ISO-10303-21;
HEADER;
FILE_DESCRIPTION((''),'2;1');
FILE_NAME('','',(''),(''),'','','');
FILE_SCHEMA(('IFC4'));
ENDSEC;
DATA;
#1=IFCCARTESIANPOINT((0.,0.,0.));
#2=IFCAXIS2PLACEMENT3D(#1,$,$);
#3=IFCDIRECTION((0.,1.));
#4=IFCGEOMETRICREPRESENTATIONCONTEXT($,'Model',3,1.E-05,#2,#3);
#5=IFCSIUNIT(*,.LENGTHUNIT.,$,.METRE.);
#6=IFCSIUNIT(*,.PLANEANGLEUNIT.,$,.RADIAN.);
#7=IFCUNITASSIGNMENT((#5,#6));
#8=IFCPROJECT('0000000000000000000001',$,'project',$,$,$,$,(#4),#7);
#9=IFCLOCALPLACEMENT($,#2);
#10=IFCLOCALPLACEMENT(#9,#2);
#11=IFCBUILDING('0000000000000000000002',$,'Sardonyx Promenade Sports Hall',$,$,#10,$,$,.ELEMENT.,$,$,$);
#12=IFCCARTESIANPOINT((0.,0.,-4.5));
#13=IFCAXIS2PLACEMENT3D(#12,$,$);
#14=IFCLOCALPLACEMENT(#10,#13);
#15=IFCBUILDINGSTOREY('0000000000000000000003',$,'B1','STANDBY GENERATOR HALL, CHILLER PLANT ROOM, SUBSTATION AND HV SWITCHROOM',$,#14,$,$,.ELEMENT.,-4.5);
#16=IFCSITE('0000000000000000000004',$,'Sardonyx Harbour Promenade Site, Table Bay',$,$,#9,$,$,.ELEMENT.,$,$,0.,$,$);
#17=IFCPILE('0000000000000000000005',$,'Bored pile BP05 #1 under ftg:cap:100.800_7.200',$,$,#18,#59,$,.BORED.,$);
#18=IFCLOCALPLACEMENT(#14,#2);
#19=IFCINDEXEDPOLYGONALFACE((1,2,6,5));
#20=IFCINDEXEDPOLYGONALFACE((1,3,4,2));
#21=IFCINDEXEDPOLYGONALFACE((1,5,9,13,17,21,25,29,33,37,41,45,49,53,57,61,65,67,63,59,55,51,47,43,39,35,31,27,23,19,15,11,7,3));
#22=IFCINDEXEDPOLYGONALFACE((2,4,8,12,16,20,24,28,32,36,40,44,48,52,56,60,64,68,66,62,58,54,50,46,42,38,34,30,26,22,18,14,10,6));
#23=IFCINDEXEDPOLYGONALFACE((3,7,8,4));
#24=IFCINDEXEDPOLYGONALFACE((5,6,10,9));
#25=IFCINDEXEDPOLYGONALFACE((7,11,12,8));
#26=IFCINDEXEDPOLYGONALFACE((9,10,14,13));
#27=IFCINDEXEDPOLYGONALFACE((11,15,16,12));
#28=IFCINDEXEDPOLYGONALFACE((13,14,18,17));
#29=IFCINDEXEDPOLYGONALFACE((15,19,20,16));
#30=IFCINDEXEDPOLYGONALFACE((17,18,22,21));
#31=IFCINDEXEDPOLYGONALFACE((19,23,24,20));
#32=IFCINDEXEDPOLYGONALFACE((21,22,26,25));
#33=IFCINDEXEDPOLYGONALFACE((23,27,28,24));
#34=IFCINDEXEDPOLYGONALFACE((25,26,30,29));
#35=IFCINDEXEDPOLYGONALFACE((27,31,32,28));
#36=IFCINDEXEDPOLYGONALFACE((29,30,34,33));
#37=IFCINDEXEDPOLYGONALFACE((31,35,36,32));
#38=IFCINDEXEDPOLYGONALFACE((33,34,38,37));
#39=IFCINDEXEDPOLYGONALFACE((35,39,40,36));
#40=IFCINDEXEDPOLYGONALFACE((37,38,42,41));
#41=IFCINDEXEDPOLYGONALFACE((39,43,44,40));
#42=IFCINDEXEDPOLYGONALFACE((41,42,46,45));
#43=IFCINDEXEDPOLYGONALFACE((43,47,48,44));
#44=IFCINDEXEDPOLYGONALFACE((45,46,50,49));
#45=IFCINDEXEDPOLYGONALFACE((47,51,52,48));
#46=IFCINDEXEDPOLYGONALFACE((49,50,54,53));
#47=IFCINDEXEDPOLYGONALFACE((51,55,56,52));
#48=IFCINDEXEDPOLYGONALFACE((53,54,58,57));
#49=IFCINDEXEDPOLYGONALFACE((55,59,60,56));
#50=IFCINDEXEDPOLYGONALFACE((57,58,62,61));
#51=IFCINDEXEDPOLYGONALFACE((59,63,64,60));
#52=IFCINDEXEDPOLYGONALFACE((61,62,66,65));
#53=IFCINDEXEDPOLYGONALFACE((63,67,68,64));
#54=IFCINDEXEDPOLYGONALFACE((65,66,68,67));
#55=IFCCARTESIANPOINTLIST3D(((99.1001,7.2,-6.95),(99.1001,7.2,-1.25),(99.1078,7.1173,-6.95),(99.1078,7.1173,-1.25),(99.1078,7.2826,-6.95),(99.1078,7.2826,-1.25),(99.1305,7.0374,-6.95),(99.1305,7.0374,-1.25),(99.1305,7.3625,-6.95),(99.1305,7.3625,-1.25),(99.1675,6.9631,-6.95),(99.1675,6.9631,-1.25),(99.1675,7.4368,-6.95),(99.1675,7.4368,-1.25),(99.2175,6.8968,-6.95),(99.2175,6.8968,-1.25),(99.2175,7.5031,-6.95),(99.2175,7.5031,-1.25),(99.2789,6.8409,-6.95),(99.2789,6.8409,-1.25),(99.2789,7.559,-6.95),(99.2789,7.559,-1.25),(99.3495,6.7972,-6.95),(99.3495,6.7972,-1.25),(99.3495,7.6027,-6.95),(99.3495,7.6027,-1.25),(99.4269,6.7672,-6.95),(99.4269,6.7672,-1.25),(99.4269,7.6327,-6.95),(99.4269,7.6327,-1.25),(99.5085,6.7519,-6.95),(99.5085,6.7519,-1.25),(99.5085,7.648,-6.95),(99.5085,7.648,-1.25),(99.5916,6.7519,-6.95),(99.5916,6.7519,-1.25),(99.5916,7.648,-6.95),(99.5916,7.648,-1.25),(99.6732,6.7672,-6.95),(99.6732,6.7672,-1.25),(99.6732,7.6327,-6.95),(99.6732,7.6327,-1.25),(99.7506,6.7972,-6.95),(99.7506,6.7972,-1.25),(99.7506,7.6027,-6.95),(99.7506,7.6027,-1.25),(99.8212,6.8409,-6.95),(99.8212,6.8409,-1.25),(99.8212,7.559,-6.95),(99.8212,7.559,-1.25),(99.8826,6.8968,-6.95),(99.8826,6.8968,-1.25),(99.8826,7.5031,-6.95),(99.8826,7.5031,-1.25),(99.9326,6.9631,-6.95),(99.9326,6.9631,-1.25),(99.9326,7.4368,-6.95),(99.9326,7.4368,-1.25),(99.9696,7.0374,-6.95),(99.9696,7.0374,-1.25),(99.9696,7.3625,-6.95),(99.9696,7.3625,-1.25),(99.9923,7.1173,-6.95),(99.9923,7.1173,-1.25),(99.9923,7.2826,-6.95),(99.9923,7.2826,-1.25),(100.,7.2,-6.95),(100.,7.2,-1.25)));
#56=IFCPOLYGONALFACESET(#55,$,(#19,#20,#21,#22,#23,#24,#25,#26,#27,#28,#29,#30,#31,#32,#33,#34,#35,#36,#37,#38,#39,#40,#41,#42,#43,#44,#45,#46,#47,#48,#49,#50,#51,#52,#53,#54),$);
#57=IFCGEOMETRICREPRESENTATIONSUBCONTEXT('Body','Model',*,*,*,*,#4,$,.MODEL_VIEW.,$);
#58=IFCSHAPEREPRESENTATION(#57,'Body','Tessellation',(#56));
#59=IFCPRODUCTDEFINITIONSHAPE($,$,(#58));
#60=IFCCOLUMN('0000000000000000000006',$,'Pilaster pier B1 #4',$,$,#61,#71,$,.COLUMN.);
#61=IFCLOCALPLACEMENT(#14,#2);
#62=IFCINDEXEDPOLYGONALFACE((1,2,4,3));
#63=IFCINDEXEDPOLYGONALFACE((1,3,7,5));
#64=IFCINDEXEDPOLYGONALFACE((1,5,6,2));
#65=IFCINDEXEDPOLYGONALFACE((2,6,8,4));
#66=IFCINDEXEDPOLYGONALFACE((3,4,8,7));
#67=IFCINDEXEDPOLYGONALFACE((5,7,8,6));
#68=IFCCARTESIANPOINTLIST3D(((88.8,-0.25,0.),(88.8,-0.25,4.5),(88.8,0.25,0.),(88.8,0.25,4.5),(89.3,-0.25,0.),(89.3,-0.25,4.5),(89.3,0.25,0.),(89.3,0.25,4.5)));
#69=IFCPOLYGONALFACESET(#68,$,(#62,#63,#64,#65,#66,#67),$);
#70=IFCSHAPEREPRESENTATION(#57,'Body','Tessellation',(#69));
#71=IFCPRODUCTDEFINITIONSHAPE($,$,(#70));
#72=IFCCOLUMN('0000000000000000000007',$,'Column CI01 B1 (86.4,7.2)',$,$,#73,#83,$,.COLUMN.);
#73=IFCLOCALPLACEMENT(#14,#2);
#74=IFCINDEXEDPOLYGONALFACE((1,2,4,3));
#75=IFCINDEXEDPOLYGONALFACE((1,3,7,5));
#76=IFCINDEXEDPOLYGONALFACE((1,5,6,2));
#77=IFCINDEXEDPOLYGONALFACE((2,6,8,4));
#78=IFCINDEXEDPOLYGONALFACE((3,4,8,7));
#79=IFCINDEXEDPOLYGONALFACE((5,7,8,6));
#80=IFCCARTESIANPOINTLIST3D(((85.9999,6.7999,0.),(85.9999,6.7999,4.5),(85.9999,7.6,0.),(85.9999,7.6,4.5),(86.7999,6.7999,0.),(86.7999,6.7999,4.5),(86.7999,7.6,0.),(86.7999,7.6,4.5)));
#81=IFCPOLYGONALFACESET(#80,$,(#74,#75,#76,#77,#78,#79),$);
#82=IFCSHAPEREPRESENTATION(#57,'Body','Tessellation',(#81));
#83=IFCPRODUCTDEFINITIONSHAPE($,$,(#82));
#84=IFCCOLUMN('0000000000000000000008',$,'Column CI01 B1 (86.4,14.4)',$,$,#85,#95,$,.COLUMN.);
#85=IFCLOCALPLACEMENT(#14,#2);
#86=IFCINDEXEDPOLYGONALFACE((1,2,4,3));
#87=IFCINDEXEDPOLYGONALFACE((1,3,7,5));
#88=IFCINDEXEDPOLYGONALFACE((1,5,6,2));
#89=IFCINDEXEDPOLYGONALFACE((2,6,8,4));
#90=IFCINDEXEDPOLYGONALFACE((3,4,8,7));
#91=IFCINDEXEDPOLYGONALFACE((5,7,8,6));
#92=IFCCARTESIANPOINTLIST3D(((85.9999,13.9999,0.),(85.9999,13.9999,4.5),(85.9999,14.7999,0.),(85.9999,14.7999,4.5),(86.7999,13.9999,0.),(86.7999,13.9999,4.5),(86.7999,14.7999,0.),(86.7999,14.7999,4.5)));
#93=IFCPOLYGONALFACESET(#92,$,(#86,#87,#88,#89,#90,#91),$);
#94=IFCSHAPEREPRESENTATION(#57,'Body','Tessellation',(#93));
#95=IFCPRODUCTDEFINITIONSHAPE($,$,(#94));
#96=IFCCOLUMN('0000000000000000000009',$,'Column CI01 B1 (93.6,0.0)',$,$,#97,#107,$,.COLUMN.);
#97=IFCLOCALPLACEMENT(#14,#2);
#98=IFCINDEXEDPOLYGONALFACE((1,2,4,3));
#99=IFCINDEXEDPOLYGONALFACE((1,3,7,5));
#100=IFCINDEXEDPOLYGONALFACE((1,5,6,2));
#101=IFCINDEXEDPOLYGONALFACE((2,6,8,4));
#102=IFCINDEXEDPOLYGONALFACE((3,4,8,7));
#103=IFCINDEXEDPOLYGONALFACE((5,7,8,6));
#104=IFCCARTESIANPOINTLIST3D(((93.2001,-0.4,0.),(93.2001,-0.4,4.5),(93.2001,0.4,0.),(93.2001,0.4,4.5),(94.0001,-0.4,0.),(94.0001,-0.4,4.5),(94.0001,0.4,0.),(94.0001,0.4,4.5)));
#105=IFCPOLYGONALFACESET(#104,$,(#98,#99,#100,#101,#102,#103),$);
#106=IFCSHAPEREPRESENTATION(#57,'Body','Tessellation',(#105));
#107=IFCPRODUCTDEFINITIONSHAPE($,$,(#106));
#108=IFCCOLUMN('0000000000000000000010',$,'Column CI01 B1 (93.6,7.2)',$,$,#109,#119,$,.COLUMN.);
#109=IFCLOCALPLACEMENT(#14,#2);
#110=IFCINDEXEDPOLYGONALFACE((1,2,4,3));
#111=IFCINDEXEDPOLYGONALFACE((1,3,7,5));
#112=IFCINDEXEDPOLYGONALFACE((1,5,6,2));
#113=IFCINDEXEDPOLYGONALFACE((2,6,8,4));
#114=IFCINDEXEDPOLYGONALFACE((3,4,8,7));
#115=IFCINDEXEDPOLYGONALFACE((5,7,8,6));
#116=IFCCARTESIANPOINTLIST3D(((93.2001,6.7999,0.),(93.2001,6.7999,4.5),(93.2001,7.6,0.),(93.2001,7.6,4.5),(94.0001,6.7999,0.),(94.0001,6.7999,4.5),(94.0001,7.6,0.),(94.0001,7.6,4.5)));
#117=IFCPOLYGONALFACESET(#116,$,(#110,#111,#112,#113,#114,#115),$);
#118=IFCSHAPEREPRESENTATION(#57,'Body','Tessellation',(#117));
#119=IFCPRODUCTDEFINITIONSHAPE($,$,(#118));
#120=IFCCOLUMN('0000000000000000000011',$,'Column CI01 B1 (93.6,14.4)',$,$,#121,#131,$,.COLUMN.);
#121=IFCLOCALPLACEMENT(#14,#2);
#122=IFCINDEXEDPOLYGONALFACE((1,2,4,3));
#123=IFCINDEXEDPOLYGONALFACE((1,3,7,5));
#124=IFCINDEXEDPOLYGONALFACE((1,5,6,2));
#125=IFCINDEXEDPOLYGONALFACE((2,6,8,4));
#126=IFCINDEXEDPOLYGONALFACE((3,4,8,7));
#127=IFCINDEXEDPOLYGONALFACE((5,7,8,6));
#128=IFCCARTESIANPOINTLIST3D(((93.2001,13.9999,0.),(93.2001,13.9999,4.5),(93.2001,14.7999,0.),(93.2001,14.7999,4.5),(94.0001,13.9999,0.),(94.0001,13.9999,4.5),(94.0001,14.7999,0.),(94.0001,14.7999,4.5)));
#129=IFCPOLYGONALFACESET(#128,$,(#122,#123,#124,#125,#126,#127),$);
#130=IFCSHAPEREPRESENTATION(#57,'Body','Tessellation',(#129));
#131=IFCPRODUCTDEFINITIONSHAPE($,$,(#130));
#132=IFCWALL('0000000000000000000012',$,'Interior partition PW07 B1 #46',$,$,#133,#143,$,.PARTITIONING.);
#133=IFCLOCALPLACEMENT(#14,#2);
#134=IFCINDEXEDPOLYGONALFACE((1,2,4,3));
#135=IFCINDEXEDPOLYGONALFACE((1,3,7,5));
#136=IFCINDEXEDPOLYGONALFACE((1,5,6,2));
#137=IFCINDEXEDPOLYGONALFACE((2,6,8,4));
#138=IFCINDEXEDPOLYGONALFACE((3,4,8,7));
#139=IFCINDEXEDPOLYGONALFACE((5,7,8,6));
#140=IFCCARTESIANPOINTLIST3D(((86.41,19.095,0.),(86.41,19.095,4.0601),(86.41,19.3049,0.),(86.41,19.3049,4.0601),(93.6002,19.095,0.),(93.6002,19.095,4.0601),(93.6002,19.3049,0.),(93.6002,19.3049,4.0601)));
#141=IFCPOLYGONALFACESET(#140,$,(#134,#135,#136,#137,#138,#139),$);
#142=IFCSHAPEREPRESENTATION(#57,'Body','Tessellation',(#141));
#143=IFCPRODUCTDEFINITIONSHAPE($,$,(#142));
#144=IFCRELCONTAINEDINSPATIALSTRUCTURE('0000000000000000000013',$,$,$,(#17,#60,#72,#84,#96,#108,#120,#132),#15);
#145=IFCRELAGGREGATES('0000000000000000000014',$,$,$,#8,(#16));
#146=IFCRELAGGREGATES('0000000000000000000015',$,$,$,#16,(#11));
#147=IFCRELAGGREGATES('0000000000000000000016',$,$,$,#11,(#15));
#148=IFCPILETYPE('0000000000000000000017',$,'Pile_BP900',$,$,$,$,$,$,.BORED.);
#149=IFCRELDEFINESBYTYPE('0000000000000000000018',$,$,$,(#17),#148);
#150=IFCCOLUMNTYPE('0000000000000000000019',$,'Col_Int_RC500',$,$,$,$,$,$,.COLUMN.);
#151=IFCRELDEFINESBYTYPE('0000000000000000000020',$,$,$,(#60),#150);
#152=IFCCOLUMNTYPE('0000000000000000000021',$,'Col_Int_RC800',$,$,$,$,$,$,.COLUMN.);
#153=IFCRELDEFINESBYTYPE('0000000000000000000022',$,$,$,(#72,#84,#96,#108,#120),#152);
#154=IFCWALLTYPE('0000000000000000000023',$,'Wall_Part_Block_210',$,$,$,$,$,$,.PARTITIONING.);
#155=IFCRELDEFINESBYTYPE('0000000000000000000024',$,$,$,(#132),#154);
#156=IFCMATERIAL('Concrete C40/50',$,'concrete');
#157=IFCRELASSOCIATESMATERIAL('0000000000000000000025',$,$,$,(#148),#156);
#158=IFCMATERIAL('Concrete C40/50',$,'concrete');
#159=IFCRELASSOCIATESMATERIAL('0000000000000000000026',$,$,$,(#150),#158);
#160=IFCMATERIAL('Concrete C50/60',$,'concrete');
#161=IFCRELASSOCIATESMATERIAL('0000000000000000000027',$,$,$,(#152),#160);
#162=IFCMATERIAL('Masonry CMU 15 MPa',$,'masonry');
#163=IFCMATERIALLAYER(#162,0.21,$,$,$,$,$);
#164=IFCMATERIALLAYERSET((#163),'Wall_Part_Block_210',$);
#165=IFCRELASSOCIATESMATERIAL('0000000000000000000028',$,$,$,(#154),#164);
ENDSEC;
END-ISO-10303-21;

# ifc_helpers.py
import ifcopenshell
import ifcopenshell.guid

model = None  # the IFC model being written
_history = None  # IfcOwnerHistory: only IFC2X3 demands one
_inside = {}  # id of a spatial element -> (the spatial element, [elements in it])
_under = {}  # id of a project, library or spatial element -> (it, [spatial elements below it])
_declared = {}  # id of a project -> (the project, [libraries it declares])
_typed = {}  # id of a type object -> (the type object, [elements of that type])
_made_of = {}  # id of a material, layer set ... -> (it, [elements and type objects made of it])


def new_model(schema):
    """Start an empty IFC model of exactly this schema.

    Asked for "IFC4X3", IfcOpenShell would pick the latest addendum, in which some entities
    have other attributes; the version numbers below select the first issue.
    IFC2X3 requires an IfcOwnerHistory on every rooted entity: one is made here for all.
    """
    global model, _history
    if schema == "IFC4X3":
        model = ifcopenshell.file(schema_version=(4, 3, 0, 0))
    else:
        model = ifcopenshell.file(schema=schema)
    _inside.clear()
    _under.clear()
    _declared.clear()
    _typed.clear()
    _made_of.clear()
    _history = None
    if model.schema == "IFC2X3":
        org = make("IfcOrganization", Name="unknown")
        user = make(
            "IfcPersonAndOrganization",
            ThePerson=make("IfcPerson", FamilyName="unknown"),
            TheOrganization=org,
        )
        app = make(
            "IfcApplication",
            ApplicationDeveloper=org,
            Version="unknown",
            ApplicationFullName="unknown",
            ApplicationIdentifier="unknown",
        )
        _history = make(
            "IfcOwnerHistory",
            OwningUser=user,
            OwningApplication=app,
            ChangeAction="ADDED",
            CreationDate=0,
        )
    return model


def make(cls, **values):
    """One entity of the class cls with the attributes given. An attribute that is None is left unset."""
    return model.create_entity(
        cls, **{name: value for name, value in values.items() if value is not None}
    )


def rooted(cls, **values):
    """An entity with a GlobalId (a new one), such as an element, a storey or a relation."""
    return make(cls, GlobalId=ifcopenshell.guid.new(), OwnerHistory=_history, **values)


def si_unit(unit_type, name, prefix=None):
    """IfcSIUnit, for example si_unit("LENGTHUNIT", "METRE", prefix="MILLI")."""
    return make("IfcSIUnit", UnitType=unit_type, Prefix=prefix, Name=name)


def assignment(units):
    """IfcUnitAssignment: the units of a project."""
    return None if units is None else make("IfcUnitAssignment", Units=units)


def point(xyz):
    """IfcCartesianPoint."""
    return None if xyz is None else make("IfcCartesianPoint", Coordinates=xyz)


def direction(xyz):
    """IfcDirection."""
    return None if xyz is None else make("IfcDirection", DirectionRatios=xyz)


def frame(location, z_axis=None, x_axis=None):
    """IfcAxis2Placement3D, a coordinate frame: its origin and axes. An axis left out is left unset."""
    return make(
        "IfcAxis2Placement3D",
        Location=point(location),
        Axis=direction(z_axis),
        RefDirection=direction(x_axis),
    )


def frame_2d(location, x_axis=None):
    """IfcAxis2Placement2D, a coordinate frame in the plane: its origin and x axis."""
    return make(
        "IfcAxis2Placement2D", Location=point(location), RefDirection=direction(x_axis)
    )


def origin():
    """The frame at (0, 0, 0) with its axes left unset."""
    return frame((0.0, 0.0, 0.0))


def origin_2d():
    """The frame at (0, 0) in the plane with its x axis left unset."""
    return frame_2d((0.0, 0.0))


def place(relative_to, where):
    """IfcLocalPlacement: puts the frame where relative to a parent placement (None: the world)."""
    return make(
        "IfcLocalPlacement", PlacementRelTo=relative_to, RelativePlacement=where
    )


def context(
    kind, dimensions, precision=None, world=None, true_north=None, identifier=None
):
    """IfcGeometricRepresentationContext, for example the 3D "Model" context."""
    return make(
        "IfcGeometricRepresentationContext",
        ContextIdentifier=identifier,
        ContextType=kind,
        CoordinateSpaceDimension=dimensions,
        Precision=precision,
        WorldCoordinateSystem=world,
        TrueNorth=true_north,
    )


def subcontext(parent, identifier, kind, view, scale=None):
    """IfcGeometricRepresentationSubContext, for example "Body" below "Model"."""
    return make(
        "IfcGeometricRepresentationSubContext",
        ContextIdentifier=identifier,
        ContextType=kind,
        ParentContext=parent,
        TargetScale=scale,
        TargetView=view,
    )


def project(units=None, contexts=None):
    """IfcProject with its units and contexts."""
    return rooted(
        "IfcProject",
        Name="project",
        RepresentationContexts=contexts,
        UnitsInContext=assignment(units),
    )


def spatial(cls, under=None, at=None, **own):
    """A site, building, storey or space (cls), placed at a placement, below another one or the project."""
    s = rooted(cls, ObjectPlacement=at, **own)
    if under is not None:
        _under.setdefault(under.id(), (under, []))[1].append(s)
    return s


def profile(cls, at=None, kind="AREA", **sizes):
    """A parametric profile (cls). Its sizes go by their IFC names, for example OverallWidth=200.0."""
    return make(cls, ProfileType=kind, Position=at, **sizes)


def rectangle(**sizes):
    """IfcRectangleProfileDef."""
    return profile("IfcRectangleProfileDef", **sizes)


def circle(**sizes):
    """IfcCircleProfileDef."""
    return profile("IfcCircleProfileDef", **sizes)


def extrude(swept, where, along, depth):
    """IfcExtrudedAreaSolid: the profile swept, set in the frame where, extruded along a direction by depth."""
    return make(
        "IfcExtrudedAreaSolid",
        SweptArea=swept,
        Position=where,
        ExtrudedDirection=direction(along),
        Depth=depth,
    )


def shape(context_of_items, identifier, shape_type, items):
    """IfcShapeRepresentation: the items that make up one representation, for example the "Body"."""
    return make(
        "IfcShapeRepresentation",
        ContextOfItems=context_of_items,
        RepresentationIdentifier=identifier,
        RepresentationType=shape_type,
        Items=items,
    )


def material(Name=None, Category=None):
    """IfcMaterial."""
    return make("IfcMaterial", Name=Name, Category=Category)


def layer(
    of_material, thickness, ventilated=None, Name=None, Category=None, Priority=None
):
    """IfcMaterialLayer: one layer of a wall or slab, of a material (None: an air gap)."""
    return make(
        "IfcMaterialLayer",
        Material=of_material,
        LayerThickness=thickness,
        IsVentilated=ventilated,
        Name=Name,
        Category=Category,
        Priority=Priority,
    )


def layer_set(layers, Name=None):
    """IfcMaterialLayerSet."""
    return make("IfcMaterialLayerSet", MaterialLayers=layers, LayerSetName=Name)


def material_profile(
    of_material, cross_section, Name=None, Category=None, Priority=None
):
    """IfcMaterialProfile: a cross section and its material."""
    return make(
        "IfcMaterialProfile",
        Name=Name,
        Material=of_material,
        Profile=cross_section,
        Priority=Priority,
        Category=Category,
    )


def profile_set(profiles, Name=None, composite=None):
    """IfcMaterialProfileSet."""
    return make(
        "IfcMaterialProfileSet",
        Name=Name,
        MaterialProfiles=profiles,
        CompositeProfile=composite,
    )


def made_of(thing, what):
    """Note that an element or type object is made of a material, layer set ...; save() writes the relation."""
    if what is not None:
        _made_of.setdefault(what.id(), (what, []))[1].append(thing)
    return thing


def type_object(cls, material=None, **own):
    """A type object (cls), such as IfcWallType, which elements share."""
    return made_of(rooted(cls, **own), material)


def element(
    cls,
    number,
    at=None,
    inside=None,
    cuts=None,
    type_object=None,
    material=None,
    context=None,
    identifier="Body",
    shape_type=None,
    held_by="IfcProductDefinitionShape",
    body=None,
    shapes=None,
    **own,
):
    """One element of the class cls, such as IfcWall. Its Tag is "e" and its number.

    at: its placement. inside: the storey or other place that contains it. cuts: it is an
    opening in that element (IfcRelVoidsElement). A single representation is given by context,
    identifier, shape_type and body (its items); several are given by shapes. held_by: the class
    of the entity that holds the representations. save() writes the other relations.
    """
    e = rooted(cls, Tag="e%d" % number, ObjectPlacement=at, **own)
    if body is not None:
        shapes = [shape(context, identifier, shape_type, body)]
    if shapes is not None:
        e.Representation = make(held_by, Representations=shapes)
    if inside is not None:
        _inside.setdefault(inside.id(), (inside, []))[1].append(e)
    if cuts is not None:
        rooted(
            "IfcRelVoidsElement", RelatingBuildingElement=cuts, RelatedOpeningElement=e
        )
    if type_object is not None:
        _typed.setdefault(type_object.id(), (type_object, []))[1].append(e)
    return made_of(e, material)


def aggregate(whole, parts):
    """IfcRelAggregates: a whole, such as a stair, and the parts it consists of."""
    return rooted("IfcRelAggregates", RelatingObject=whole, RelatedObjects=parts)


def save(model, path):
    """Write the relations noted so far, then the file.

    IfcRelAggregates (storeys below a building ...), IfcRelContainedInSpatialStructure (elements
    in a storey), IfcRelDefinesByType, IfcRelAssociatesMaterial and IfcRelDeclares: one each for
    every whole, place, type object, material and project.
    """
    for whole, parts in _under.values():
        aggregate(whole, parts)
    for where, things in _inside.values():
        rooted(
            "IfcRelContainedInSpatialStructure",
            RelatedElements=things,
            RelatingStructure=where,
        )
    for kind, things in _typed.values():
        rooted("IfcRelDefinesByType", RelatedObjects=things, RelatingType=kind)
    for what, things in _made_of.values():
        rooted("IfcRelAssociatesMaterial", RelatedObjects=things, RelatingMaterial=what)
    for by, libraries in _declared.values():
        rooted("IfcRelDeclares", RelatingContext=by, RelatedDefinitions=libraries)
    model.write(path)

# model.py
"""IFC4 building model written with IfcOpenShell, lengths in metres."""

from ifc_helpers import new_model, si_unit, direction, frame, frame_2d, origin, origin_2d, place, context, subcontext, project, spatial, rectangle, circle, extrude, material, layer, layer_set, material_profile, profile_set, type_object, element, save


model = new_model("IFC4")

# Units and contexts
model_context = context("Model", 3, precision=1e-05, world=origin(), true_north=direction((0.0, 1.0)))
body_context = subcontext(model_context, "Body", "Model", "MODEL_VIEW")
ifc_project = project(units=[si_unit("LENGTHUNIT", "METRE"), si_unit("PLANEANGLEUNIT", "RADIAN")], contexts=[model_context])

# Site, building, storey
site_placement = place(None, origin())
site = spatial("IfcSite", under=ifc_project, at=site_placement, Name="Sardonyx Harbour Promenade Site, Table Bay", CompositionType="ELEMENT", RefElevation=0.0)
building_placement = place(site_placement, origin())
building = spatial("IfcBuilding", under=site, at=building_placement, Name="Sardonyx Promenade Sports Hall", CompositionType="ELEMENT")
storey_placement = place(building_placement, frame((0.0, 0.0, -4.5)))
storey = spatial("IfcBuildingStorey", under=building, at=storey_placement, Name="B1", Description="STANDBY GENERATOR HALL, CHILLER PLANT ROOM, SUBSTATION AND HV SWITCHROOM", CompositionType="ELEMENT", Elevation=-4.5)

# Pile
ifc_material_1 = material(Name="Concrete C40/50", Category="concrete")
ifc_material_profile_1 = material_profile(ifc_material_1, circle(Radius=0.45, at=origin_2d()))
ifc_profile_set_1 = profile_set([ifc_material_profile_1], Name="Concrete C40/50")
pile_type_1 = type_object("IfcPileType", Name="Pile_BP900", PredefinedType="BORED", material=ifc_profile_set_1)
for number, where, z_axis, x_axis, name in (
    (1, (99.55, 7.2, -1.25), (0.0, 0.0, -1.0), (1.0, 0.0, 0.0), "Bored pile BP05 #1 under ftg:cap:100.800_7.200"),
):
    element("IfcPile", number, at=place(storey_placement, frame(where, z_axis=z_axis, x_axis=x_axis)), inside=storey, type_object=pile_type_1, Name=name, PredefinedType="BORED", context=body_context, shape_type="SweptSolid", body=[
        extrude(circle(Radius=0.45, at=origin_2d()), origin(), (0.0, 0.0, 1.0), 5.7),
    ])

# Columns
ifc_material_2 = material(Name="Concrete C40/50", Category="concrete")
ifc_material_profile_2 = material_profile(ifc_material_2, rectangle(XDim=0.5, YDim=0.5, at=origin_2d()))
ifc_profile_set_2 = profile_set([ifc_material_profile_2], Name="Concrete C40/50")
column_type_1 = type_object("IfcColumnType", Name="Col_Int_RC500", PredefinedType="COLUMN", material=ifc_profile_set_2)
column_placement = place(storey_placement, frame((89.05, 0.0, 0.0), z_axis=(0.0, 0.0, 1.0), x_axis=(1.0, 0.0, 0.0)))
element("IfcColumn", 2, at=column_placement, inside=storey, type_object=column_type_1, Name="Pilaster pier B1 #4", PredefinedType="COLUMN", context=body_context, shape_type="SweptSolid", body=[
    extrude(rectangle(XDim=0.5, YDim=0.5, at=origin_2d()), origin(), (0.0, 0.0, 1.0), 4.5),
])
ifc_material_3 = material(Name="Concrete C50/60", Category="concrete")
ifc_material_profile_3 = material_profile(ifc_material_3, rectangle(XDim=0.8, YDim=0.8, at=origin_2d()))
ifc_profile_set_3 = profile_set([ifc_material_profile_3], Name="Concrete C50/60")
column_type_2 = type_object("IfcColumnType", Name="Col_Int_RC800", PredefinedType="COLUMN", material=ifc_profile_set_3)
for number, where, z_axis, x_axis, name in (
    (3, (86.3999, 7.2, 0.0), (0.0, 0.0, 1.0), (1.0, 0.0, 0.0), "Column CI01 B1 (86.4,7.2)"),
    (4, (86.3999, 14.3999, 0.0), (0.0, 0.0, 1.0), (1.0, 0.0, 0.0), "Column CI01 B1 (86.4,14.4)"),
    (5, (93.6001, 0.0, 0.0), (0.0, 0.0, 1.0), (1.0, 0.0, 0.0), "Column CI01 B1 (93.6,0.0)"),
    (6, (93.6001, 7.2, 0.0), (0.0, 0.0, 1.0), (1.0, 0.0, 0.0), "Column CI01 B1 (93.6,7.2)"),
    (7, (93.6001, 14.3999, 0.0), (0.0, 0.0, 1.0), (1.0, 0.0, 0.0), "Column CI01 B1 (93.6,14.4)"),
):
    element("IfcColumn", number, at=place(storey_placement, frame(where, z_axis=z_axis, x_axis=x_axis)), inside=storey, type_object=column_type_2, Name=name, PredefinedType="COLUMN", context=body_context, shape_type="SweptSolid", body=[
        extrude(rectangle(XDim=0.8, YDim=0.8, at=origin_2d()), origin(), (0.0, 0.0, 1.0), 4.5),
    ])

# Wall
ifc_material_4 = material(Name="Masonry CMU 15 MPa", Category="masonry")
ifc_layer = layer(ifc_material_4, 0.21)
ifc_layer_set = layer_set([ifc_layer], Name="Wall_Part_Block_210")
wall_type = type_object("IfcWallType", Name="Wall_Part_Block_210", PredefinedType="PARTITIONING", material=ifc_layer_set)
wall_1_placement = place(storey_placement, frame((86.4099, 19.2, 0.0), z_axis=(0.0, 0.0, 1.0), x_axis=(1.0, 0.0, 0.0)))
element("IfcWall", 8, at=wall_1_placement, inside=storey, type_object=wall_type, Name="Interior partition PW07 B1 #46", PredefinedType="PARTITIONING", context=body_context, shape_type="SweptSolid", body=[
    extrude(rectangle(XDim=7.1902, YDim=0.21, at=frame_2d((3.5952, 0.0))), origin(), (0.0, 0.0, 1.0), 4.0601),
])

save(model, "model.ifc")
